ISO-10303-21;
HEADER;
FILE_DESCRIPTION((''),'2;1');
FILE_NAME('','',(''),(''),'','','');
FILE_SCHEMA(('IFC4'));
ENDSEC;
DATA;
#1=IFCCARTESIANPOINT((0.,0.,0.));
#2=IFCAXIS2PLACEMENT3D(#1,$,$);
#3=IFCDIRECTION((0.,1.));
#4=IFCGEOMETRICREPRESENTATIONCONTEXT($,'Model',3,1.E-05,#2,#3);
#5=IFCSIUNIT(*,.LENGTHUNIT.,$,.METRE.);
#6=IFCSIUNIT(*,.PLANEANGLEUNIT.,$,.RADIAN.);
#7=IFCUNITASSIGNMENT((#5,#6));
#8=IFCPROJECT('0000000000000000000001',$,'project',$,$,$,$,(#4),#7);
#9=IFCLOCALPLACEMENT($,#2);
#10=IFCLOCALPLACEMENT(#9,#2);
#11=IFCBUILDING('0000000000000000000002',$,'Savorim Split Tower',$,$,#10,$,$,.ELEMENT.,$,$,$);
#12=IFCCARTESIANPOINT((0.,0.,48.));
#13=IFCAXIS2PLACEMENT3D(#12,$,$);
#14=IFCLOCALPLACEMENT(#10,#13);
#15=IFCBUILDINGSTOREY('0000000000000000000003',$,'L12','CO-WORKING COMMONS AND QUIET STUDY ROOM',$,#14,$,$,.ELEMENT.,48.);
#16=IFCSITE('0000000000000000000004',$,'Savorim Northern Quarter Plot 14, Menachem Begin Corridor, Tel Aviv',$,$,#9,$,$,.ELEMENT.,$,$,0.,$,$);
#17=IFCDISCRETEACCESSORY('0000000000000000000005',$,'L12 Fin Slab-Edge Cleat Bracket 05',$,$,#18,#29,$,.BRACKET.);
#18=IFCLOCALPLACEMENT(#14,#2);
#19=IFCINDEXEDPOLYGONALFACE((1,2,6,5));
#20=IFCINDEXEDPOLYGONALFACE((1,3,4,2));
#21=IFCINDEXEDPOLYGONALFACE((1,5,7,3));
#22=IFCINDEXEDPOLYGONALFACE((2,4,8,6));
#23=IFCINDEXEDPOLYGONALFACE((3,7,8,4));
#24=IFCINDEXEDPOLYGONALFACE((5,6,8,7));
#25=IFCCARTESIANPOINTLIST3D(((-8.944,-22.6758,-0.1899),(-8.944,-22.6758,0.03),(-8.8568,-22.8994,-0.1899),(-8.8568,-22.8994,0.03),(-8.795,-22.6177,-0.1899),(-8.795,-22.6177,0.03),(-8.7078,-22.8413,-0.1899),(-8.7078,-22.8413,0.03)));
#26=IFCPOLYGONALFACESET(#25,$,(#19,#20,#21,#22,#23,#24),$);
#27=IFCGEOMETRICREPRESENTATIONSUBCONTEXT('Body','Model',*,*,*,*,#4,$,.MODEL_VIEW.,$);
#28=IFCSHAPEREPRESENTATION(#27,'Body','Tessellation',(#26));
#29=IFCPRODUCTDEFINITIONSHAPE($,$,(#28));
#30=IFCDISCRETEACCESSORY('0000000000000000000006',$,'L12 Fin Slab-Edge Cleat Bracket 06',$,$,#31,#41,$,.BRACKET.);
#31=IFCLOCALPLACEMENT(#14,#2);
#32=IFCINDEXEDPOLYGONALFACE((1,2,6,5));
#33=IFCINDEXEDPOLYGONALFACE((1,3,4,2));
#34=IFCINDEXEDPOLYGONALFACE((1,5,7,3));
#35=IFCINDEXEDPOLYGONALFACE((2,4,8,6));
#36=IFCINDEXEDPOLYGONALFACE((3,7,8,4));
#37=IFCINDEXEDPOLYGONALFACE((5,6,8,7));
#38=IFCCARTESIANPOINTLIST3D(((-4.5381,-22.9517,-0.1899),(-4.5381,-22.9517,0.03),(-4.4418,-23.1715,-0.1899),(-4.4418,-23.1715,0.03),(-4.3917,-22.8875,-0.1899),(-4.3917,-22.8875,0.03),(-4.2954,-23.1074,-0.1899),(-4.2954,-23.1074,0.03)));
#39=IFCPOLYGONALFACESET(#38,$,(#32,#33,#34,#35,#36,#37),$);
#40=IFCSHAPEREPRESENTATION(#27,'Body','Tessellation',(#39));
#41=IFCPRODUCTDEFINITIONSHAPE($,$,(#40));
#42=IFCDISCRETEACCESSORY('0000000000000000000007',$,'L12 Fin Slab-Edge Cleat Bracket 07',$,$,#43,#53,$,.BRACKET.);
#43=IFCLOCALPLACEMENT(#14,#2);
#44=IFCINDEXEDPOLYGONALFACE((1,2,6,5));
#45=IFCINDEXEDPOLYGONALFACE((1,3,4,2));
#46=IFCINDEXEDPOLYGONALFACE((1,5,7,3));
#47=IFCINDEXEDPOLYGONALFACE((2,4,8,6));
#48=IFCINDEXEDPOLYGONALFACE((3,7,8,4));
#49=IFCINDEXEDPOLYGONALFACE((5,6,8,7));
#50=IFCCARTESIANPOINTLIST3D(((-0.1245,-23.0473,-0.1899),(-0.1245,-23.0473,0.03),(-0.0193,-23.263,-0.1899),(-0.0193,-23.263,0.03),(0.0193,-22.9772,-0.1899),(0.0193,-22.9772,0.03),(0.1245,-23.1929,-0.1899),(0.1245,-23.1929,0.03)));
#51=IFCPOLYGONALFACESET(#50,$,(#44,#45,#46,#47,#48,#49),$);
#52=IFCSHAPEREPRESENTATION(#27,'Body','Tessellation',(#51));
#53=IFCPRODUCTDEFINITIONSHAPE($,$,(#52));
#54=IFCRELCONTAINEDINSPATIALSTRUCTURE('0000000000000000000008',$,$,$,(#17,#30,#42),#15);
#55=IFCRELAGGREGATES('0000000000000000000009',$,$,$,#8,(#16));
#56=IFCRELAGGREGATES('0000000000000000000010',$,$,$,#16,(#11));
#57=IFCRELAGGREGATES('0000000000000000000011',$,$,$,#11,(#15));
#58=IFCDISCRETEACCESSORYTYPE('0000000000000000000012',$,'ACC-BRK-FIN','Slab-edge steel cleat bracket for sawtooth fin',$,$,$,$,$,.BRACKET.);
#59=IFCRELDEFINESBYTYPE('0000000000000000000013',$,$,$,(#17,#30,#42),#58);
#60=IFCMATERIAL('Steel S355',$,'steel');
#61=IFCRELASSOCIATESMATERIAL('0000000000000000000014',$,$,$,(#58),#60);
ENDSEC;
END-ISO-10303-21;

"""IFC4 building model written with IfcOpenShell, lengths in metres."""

from ifc_helpers import new_model, si_unit, direction, frame, origin, origin_2d, place, context, subcontext, project, spatial, rectangle, extrude, material, type_object, element, save


model = new_model("IFC4")

# Units and contexts
model_context = context("Model", 3, precision=1e-05, world=origin(), true_north=direction((0.0, 1.0)))
body_context = subcontext(model_context, "Body", "Model", "MODEL_VIEW")
ifc_project = project(units=[si_unit("LENGTHUNIT", "METRE"), si_unit("PLANEANGLEUNIT", "RADIAN")], contexts=[model_context])

# Site, building, storey
site_placement = place(None, origin())
site = spatial("IfcSite", under=ifc_project, at=site_placement, Name="Savorim Northern Quarter Plot 14, Menachem Begin Corridor, Tel Aviv", CompositionType="ELEMENT", RefElevation=0.0)
building_placement = place(site_placement, origin())
building = spatial("IfcBuilding", under=site, at=building_placement, Name="Savorim Split Tower", CompositionType="ELEMENT")
storey_placement = place(building_placement, frame((0.0, 0.0, 48.0)))
storey = spatial("IfcBuildingStorey", under=building, at=storey_placement, Name="L12", Description="CO-WORKING COMMONS AND QUIET STUDY ROOM", CompositionType="ELEMENT", Elevation=48.0)

# Shared definitions
ifc_material_1 = material(Name="Steel S355", Category="steel")

# Discrete accessories
discrete_accessory_type = type_object("IfcDiscreteAccessoryType", Name="ACC-BRK-FIN", Description="Slab-edge steel cleat bracket for sawtooth fin", PredefinedType="BRACKET", material=ifc_material_1)
for number, where, z_axis, x_axis, name in (
    (1, (-8.8259, -22.7585, -0.1899), (0.0, 0.0, 1.0), (0.363415, -0.931627, 0.0), "L12 Fin Slab-Edge Cleat Bracket 05"),
    (2, (-4.4167, -23.0295, -0.1899), (0.0, 0.0, 1.0), (0.40123, -0.915977, 0.0), "L12 Fin Slab-Edge Cleat Bracket 06"),
    (3, (0.0, -23.1201, -0.1899), (0.0, 0.0, 1.0), (0.438371, -0.898794, 0.0), "L12 Fin Slab-Edge Cleat Bracket 07"),
):
    element("IfcDiscreteAccessory", number, at=place(storey_placement, frame(where, z_axis=z_axis, x_axis=x_axis)), inside=storey, type_object=discrete_accessory_type, Name=name, PredefinedType="BRACKET", context=body_context, shape_type="SweptSolid", body=[
        extrude(rectangle(XDim=0.24, YDim=0.1599, at=origin_2d()), origin(), (0.0, 0.0, 1.0), 0.22),
    ])

save(model, "model.ifc")
